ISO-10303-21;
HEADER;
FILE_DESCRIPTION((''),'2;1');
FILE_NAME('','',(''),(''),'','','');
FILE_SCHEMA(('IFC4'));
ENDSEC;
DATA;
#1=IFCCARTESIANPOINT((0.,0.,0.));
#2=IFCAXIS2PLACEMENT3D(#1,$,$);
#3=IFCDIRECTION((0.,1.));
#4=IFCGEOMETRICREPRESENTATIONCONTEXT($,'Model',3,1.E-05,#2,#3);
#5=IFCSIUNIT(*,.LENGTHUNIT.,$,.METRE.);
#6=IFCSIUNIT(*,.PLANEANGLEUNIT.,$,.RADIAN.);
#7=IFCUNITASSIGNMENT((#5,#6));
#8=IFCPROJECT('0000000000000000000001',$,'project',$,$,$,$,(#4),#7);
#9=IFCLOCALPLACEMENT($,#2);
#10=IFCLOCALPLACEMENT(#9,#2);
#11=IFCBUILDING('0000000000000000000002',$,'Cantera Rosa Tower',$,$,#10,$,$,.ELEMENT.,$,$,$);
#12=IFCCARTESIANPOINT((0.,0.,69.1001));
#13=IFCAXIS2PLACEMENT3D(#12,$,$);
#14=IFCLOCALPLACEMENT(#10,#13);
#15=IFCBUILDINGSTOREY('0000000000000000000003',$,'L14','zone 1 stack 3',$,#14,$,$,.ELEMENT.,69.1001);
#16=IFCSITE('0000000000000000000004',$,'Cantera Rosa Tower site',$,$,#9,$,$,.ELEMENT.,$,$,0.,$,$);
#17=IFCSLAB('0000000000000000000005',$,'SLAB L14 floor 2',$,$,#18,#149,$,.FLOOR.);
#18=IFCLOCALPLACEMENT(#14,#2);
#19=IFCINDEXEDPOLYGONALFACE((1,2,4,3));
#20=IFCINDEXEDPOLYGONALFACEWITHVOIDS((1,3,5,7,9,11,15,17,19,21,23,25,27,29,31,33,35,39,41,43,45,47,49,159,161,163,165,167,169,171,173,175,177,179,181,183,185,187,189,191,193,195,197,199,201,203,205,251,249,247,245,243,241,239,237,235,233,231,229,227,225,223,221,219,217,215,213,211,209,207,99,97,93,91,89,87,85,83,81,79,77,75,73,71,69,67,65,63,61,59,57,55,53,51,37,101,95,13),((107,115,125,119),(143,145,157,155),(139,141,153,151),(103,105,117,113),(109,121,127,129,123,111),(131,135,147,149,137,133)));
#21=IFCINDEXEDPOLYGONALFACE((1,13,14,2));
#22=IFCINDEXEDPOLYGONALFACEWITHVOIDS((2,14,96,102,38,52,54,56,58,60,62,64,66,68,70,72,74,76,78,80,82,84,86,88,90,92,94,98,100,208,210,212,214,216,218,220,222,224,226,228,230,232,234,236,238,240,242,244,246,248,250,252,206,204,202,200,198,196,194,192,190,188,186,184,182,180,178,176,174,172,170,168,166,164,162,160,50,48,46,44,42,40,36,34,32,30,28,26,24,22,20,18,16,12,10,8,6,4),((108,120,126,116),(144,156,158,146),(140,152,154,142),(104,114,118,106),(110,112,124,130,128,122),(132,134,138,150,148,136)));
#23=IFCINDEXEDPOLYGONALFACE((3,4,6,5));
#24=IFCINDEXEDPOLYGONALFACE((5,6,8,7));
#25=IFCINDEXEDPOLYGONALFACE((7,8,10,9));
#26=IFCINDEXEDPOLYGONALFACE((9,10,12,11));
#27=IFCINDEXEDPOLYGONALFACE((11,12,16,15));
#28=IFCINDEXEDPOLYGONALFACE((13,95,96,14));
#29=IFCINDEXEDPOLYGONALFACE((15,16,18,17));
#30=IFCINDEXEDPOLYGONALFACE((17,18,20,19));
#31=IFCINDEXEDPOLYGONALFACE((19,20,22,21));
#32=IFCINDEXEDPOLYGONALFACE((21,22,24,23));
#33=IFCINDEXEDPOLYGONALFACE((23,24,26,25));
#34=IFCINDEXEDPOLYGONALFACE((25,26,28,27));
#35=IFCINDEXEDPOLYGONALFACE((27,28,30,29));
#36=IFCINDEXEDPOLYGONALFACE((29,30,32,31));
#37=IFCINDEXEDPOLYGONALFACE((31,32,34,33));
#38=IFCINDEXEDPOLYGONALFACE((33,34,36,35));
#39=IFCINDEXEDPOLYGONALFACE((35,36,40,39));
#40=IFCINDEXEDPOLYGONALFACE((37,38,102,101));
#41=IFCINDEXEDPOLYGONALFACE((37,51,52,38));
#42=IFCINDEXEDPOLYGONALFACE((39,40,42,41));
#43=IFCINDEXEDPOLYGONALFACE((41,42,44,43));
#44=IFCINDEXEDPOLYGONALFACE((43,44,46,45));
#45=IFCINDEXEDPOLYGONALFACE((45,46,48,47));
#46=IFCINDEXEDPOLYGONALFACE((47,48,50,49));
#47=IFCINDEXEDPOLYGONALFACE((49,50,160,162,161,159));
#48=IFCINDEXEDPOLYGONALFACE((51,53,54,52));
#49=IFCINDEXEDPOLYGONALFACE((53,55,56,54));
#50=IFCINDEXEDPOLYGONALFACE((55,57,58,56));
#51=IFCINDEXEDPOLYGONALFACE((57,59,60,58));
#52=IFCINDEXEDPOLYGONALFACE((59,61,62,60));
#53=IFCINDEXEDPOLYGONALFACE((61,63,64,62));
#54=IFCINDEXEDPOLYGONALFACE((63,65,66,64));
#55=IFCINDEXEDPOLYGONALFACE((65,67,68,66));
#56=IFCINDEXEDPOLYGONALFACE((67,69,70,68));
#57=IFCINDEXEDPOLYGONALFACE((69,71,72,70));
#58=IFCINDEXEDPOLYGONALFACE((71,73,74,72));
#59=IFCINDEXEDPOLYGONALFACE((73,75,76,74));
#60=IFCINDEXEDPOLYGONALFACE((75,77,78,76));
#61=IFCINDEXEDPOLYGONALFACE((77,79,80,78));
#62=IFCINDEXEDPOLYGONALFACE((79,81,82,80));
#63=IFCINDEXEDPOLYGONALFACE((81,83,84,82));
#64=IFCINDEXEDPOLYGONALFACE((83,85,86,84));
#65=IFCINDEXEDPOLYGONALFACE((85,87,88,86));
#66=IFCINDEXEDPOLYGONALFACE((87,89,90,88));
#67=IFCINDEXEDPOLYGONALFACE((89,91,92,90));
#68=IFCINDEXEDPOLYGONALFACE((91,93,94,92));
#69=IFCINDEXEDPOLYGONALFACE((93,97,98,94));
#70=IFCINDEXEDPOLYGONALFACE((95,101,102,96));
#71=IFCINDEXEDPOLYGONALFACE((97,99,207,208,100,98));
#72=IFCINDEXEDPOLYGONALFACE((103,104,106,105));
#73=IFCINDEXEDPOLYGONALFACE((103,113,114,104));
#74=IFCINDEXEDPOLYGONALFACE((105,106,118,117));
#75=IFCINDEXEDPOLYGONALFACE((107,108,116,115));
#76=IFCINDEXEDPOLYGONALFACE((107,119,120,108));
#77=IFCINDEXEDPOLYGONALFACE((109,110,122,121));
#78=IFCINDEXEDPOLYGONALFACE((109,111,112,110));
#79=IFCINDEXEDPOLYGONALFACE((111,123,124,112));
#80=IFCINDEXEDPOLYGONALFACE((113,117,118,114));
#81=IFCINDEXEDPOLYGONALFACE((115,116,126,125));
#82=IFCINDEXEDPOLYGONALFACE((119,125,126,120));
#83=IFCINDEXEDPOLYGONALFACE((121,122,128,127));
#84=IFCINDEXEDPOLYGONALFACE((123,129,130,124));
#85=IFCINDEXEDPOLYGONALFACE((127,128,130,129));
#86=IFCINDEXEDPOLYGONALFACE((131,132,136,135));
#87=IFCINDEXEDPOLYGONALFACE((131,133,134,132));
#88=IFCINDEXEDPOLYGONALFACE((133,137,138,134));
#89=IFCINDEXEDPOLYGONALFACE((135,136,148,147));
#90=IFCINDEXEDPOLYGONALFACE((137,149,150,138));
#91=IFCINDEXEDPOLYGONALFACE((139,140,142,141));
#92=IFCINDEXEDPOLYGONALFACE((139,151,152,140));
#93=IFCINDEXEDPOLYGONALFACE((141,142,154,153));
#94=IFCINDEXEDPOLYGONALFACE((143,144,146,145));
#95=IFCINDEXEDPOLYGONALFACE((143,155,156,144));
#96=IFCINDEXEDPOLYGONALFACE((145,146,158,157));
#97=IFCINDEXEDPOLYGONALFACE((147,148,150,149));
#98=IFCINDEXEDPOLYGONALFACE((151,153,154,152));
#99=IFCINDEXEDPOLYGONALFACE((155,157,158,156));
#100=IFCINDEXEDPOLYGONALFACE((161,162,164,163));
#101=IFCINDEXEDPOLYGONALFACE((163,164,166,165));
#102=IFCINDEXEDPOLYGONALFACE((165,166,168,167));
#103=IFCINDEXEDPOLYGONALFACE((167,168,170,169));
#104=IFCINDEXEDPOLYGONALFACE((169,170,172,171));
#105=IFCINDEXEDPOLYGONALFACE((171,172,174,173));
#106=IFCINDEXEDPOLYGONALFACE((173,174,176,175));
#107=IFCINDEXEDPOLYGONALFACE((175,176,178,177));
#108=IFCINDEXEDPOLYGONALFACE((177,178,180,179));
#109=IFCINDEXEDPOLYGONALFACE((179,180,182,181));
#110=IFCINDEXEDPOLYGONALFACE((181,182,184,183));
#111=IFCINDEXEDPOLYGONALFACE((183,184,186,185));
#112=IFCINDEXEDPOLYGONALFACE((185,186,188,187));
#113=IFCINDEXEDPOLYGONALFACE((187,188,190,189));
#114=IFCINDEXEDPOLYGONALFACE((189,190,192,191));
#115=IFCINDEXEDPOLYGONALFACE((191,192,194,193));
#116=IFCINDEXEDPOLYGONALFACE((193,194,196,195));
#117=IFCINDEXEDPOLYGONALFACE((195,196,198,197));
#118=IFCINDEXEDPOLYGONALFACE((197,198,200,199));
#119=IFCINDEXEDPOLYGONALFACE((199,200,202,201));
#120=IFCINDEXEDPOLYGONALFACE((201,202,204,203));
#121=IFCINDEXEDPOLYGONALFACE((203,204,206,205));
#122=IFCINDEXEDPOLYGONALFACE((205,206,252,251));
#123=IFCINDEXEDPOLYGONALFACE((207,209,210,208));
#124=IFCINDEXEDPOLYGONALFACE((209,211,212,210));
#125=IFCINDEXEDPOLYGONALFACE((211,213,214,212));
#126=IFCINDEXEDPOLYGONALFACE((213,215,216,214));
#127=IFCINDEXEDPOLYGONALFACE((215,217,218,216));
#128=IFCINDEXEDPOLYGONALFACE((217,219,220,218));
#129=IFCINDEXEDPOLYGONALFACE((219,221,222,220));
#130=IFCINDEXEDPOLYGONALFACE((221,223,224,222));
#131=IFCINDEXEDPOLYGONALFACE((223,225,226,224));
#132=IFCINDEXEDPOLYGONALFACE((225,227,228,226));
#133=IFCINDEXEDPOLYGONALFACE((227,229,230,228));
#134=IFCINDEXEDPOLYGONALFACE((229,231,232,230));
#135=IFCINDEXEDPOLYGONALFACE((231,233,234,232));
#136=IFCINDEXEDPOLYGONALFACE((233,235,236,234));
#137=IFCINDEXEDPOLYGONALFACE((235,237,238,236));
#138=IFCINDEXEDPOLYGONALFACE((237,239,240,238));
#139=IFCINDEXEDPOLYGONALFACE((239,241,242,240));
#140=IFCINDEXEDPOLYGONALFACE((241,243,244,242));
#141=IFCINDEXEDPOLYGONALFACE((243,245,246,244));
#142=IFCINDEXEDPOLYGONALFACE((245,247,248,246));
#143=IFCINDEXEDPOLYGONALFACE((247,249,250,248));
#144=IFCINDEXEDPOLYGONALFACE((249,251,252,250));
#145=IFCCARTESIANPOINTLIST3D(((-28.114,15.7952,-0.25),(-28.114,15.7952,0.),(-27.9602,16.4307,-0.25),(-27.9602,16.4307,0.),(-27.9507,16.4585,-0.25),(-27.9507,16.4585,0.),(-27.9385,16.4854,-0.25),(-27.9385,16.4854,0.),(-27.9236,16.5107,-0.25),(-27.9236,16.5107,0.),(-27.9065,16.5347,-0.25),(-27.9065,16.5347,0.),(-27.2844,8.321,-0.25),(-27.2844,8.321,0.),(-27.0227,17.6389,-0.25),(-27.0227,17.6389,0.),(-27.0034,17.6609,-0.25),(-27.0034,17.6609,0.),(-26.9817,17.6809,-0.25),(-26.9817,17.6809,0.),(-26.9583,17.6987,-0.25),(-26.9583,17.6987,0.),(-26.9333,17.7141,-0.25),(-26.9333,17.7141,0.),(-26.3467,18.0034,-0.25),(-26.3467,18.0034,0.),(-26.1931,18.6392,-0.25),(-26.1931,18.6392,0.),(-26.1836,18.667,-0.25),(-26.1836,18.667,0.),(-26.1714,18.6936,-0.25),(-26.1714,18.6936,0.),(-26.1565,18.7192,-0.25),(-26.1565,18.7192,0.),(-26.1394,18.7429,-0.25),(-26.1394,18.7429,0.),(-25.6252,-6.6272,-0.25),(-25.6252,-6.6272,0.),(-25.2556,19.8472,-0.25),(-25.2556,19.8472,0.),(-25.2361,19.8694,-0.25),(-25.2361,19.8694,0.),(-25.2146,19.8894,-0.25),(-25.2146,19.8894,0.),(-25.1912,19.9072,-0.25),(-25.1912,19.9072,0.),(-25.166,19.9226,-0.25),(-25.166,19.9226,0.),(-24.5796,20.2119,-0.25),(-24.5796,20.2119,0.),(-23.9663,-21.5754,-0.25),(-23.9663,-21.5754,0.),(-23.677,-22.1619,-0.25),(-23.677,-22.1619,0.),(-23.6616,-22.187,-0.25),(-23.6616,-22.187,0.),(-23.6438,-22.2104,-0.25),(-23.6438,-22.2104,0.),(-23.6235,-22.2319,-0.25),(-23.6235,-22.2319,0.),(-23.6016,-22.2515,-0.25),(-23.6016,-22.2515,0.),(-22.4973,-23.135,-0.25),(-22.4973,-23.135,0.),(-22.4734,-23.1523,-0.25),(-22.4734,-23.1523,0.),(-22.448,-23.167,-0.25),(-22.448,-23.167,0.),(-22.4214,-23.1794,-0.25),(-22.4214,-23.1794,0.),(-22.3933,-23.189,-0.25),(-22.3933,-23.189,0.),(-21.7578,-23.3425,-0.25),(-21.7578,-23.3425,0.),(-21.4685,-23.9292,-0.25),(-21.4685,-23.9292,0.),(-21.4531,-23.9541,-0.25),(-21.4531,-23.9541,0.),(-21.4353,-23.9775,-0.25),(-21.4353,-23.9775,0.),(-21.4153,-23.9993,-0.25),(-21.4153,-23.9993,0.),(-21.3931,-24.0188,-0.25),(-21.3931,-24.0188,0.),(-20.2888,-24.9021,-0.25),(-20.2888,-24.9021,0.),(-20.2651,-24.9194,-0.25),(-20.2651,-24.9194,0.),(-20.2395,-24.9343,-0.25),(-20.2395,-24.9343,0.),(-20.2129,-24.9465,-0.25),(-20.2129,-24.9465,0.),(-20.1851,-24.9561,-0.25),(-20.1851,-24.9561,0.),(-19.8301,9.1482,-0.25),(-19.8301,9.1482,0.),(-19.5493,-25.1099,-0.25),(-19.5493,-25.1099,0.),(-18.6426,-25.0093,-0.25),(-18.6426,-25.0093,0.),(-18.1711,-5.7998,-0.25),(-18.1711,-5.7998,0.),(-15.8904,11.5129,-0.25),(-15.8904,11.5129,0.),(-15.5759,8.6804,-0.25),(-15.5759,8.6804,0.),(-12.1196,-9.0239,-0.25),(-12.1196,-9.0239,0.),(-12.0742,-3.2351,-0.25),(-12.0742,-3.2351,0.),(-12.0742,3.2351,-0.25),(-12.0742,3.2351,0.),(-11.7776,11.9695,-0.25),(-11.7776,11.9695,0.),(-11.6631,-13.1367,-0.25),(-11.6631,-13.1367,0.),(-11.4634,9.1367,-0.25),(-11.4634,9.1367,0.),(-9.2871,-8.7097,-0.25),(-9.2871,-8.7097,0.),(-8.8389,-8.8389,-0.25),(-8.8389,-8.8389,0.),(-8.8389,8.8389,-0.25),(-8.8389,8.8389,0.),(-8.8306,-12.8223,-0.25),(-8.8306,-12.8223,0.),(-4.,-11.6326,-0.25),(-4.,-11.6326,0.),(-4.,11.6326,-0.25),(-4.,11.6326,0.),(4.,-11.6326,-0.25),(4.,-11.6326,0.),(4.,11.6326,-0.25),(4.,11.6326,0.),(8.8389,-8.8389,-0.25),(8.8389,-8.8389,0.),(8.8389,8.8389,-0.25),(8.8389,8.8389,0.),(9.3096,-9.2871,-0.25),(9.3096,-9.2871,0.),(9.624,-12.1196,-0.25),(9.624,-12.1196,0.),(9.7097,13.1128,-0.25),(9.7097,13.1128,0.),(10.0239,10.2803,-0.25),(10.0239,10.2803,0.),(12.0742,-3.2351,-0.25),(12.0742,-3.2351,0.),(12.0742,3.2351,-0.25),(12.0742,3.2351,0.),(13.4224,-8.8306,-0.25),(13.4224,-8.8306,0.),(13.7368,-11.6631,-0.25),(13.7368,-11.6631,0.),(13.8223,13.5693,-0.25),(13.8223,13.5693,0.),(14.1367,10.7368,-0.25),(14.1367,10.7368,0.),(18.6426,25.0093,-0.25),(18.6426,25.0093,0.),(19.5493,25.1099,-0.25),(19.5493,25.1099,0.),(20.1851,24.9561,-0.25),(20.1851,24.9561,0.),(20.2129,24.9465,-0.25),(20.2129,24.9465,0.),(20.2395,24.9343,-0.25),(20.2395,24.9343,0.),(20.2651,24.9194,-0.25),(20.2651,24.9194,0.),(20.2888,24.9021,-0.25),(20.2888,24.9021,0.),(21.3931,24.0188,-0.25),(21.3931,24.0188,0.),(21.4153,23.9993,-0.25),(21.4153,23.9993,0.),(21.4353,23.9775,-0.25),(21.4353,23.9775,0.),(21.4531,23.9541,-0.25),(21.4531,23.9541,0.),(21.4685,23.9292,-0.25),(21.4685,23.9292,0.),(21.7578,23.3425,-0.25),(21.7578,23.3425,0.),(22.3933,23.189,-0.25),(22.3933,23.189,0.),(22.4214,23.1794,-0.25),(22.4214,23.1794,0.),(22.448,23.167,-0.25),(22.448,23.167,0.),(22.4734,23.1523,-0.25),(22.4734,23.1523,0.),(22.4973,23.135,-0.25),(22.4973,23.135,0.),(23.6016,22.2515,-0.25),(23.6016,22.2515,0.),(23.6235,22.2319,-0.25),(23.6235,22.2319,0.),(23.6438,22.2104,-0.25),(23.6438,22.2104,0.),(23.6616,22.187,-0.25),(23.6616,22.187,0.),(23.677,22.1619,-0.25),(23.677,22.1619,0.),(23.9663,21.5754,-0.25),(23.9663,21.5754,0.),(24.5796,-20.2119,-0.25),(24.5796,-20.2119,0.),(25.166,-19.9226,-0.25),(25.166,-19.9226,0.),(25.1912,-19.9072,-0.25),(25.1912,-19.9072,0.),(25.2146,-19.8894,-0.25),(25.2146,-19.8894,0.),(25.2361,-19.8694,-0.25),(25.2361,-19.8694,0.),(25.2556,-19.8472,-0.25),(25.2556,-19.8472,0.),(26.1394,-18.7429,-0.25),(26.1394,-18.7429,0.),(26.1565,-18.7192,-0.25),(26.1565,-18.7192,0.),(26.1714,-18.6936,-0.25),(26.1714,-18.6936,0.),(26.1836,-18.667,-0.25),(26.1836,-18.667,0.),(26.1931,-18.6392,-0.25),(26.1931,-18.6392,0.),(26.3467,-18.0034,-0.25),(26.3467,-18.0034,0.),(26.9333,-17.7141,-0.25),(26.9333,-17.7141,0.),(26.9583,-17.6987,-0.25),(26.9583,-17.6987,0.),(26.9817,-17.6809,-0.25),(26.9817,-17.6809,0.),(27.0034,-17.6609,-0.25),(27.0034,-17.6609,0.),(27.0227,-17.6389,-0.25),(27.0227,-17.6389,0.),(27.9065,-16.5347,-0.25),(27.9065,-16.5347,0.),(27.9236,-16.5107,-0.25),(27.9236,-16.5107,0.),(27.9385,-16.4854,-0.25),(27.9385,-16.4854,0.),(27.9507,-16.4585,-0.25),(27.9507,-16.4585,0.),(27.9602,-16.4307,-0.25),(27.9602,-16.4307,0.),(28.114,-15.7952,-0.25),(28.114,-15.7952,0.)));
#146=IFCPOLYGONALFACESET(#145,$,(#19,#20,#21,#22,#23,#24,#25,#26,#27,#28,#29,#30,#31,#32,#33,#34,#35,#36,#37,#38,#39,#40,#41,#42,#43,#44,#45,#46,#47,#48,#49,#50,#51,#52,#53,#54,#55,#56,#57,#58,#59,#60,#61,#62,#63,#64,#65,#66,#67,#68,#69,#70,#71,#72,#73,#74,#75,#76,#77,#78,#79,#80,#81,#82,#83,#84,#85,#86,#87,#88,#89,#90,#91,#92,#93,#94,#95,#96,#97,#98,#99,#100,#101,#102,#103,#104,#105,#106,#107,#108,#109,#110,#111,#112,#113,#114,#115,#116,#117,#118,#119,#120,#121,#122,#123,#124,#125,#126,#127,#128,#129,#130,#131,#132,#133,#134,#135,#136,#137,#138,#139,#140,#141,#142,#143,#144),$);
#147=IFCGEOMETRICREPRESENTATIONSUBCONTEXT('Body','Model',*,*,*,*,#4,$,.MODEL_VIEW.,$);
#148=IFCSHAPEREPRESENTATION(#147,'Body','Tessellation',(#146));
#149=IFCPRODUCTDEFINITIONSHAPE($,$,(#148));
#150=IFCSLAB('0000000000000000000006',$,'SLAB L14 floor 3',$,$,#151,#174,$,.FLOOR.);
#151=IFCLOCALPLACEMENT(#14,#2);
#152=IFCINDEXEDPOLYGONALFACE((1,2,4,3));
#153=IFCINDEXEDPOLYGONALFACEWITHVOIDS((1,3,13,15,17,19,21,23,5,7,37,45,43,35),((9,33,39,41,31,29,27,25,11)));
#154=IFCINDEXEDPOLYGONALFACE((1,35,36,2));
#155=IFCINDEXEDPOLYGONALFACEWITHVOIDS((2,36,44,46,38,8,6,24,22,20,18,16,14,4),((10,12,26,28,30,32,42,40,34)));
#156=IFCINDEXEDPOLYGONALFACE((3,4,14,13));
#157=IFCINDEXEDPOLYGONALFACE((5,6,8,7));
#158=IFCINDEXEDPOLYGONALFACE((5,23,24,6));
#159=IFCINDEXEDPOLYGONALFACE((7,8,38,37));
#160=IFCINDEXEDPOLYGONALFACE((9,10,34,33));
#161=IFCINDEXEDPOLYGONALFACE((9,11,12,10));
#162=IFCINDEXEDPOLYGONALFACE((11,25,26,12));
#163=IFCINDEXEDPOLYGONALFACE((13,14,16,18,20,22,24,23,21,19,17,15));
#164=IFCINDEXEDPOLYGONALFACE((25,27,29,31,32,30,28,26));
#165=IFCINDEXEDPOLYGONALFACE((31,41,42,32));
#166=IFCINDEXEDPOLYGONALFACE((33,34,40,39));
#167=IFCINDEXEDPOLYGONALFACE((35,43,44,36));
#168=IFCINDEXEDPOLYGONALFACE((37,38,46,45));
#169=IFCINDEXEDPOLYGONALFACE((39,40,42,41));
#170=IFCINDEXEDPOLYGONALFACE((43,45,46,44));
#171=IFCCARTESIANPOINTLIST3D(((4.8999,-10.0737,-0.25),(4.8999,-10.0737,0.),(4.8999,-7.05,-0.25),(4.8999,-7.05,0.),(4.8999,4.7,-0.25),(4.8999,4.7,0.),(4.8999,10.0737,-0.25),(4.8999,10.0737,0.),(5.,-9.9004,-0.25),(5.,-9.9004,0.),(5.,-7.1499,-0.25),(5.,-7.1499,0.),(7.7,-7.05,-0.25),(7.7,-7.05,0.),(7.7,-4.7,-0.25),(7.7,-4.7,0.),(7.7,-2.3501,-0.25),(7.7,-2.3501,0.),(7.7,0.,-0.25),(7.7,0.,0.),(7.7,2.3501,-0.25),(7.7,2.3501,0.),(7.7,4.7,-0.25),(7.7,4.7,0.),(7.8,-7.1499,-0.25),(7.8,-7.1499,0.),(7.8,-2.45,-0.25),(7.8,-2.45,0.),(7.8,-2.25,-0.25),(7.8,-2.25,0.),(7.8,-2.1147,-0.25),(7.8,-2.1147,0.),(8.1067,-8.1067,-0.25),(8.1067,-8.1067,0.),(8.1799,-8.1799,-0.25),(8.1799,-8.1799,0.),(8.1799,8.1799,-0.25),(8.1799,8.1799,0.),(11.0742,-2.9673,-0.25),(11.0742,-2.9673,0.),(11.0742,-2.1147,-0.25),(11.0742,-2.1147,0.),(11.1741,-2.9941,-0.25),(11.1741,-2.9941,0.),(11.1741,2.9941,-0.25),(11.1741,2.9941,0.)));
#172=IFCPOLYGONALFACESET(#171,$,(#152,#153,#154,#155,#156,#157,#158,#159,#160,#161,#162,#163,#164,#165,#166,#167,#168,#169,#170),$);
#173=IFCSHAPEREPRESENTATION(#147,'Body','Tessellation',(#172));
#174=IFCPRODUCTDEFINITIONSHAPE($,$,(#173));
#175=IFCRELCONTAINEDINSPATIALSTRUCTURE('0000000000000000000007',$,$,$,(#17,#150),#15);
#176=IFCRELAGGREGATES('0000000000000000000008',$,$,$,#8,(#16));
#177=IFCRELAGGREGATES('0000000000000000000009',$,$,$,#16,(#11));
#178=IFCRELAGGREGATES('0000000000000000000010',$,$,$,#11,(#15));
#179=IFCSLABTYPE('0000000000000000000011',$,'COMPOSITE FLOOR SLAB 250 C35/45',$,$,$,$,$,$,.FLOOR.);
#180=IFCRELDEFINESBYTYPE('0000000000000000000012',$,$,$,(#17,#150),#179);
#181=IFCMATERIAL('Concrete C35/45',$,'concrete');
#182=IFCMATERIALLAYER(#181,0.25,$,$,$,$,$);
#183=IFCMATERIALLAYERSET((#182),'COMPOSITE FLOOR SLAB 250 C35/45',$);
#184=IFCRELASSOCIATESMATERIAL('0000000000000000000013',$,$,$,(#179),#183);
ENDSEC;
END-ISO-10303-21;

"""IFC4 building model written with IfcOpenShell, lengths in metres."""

from ifc_helpers import new_model, si_unit, direction, frame, origin, place, context, subcontext, project, spatial, polyline, outline, extrude, material, layer, layer_set, type_object, element, save


model = new_model("IFC4")

# Units and contexts
model_context = context("Model", 3, precision=1e-05, world=origin(), true_north=direction((0.0, 1.0)))
body_context = subcontext(model_context, "Body", "Model", "MODEL_VIEW")
ifc_project = project(units=[si_unit("LENGTHUNIT", "METRE"), si_unit("PLANEANGLEUNIT", "RADIAN")], contexts=[model_context])

# Site, building, storey
site_placement = place(None, origin())
site = spatial("IfcSite", under=ifc_project, at=site_placement, Name="Cantera Rosa Tower site", CompositionType="ELEMENT", RefElevation=0.0)
building_placement = place(site_placement, origin())
building = spatial("IfcBuilding", under=site, at=building_placement, Name="Cantera Rosa Tower", CompositionType="ELEMENT")
storey_placement = place(building_placement, frame((0.0, 0.0, 69.1001)))
storey = spatial("IfcBuildingStorey", under=building, at=storey_placement, Name="L14", Description="zone 1 stack 3", CompositionType="ELEMENT", Elevation=69.1001)

# Slabs
ifc_material_1 = material(Name="Concrete C35/45", Category="concrete")
ifc_layer_1 = layer(ifc_material_1, 0.25)
ifc_layer_set_1 = layer_set([ifc_layer_1], Name="COMPOSITE FLOOR SLAB 250 C35/45")
slab_type_1 = type_object("IfcSlabType", Name="COMPOSITE FLOOR SLAB 250 C35/45", PredefinedType="FLOOR", material=ifc_layer_set_1)
slab_1_placement = place(storey_placement, frame((0.0, 0.0, -0.25)))
element("IfcSlab", 1, at=slab_1_placement, inside=storey, type_object=slab_type_1, Name="SLAB L14 floor 2", PredefinedType="FLOOR", context=body_context, shape_type="SweptSolid", body=[
    extrude(outline(polyline([(-20.2888, -24.9021), (-21.3931, -24.0188), (-21.4153, -23.9993), (-21.4353, -23.9775), (-21.4531, -23.9541), (-21.4685, -23.9292), (-21.7578, -23.3425), (-22.3933, -23.189), (-22.4214, -23.1794), (-22.448, -23.167), (-22.4734, -23.1523), (-22.4973, -23.135), (-23.6016, -22.2515), (-23.6235, -22.2319), (-23.6438, -22.2104), (-23.6616, -22.187), (-23.677, -22.1619), (-23.9663, -21.5754), (-25.6252, -6.6272), (-18.1711, -5.7998), (-19.8301, 9.1482), (-27.2844, 8.321), (-28.114, 15.7952), (-27.9602, 16.4307), (-27.9507, 16.4585), (-27.9385, 16.4854), (-27.9236, 16.5107), (-27.9065, 16.5347), (-27.0227, 17.6389), (-27.0034, 17.6609), (-26.9817, 17.6809), (-26.9583, 17.6987), (-26.9333, 17.7141), (-26.3467, 18.0034), (-26.1931, 18.6392), (-26.1836, 18.667), (-26.1714, 18.6936), (-26.1565, 18.7192), (-26.1394, 18.7429), (-25.2556, 19.8472), (-25.2361, 19.8694), (-25.2146, 19.8894), (-25.1912, 19.9072), (-25.166, 19.9226), (-24.5796, 20.2119), (18.6426, 25.0093), (19.5493, 25.1099), (20.1851, 24.9561), (20.2129, 24.9465), (20.2395, 24.9343), (20.2651, 24.9194), (20.2888, 24.9021), (21.3931, 24.0188), (21.4153, 23.9993), (21.4353, 23.9775), (21.4531, 23.9541), (21.4685, 23.9292), (21.7578, 23.3425), (22.3933, 23.189), (22.4214, 23.1794), (22.448, 23.167), (22.4734, 23.1523), (22.4973, 23.135), (23.6016, 22.2515), (23.6235, 22.2319), (23.6438, 22.2104), (23.6616, 22.187), (23.677, 22.1619), (23.9663, 21.5754), (28.114, -15.7952), (27.9602, -16.4307), (27.9507, -16.4585), (27.9385, -16.4854), (27.9236, -16.5107), (27.9065, -16.5347), (27.0227, -17.6389), (27.0034, -17.6609), (26.9817, -17.6809), (26.9583, -17.6987), (26.9333, -17.7141), (26.3467, -18.0034), (26.1931, -18.6392), (26.1836, -18.667), (26.1714, -18.6936), (26.1565, -18.7192), (26.1394, -18.7429), (25.2556, -19.8472), (25.2361, -19.8694), (25.2146, -19.8894), (25.1912, -19.9072), (25.166, -19.9226), (24.5796, -20.2119), (-18.6426, -25.0093), (-19.5493, -25.1099), (-20.1851, -24.9561), (-20.2129, -24.9465), (-20.2395, -24.9343), (-20.2651, -24.9194), (-20.2888, -24.9021)]), holes=[polyline([(-8.8306, -12.8223), (-9.2871, -8.7097), (-12.1196, -9.0239), (-11.6631, -13.1367), (-8.8306, -12.8223)]), polyline([(-8.8389, 8.8389), (-12.0742, 3.2351), (-12.0742, -3.2351), (-8.8389, -8.8389), (-4.0, -11.6326), (-4.0, 11.6326), (-8.8389, 8.8389)]), polyline([(-11.4634, 9.1367), (-11.7776, 11.9695), (-15.8904, 11.5129), (-15.5759, 8.6804), (-11.4634, 9.1367)]), polyline([(13.4224, -8.8306), (9.3096, -9.2871), (9.624, -12.1196), (13.7368, -11.6631), (13.4224, -8.8306)]), polyline([(4.0, -11.6326), (8.8389, -8.8389), (12.0742, -3.2351), (12.0742, 3.2351), (8.8389, 8.8389), (4.0, 11.6326), (4.0, -11.6326)]), polyline([(14.1367, 10.7368), (13.8223, 13.5693), (9.7097, 13.1128), (10.0239, 10.2803), (14.1367, 10.7368)])]), origin(), (0.0, 0.0, 1.0), 0.25),
])
slab_2_placement = place(storey_placement, frame((0.0, 0.0, -0.25)))
element("IfcSlab", 2, at=slab_2_placement, inside=storey, type_object=slab_type_1, Name="SLAB L14 floor 3", PredefinedType="FLOOR", context=body_context, shape_type="SweptSolid", body=[
    extrude(outline(polyline([(7.7, 0.0), (7.7, 2.3501), (7.7, 4.7), (4.8999, 4.7), (4.8999, 10.0737), (8.1799, 8.1799), (11.1741, 2.9941), (11.1741, -2.9941), (8.1799, -8.1799), (4.8999, -10.0737), (4.8999, -7.05), (7.7, -7.05), (7.7, -4.7), (7.7, -2.3501), (7.7, 0.0)]), holes=[polyline([(7.8, -2.25), (7.8, -2.45), (7.8, -7.1499), (5.0, -7.1499), (5.0, -9.9004), (8.1067, -8.1067), (11.0742, -2.9673), (11.0742, -2.1147), (7.8, -2.1147), (7.8, -2.25)])]), origin(), (0.0, 0.0, 1.0), 0.25),
])

save(model, "model.ifc")
